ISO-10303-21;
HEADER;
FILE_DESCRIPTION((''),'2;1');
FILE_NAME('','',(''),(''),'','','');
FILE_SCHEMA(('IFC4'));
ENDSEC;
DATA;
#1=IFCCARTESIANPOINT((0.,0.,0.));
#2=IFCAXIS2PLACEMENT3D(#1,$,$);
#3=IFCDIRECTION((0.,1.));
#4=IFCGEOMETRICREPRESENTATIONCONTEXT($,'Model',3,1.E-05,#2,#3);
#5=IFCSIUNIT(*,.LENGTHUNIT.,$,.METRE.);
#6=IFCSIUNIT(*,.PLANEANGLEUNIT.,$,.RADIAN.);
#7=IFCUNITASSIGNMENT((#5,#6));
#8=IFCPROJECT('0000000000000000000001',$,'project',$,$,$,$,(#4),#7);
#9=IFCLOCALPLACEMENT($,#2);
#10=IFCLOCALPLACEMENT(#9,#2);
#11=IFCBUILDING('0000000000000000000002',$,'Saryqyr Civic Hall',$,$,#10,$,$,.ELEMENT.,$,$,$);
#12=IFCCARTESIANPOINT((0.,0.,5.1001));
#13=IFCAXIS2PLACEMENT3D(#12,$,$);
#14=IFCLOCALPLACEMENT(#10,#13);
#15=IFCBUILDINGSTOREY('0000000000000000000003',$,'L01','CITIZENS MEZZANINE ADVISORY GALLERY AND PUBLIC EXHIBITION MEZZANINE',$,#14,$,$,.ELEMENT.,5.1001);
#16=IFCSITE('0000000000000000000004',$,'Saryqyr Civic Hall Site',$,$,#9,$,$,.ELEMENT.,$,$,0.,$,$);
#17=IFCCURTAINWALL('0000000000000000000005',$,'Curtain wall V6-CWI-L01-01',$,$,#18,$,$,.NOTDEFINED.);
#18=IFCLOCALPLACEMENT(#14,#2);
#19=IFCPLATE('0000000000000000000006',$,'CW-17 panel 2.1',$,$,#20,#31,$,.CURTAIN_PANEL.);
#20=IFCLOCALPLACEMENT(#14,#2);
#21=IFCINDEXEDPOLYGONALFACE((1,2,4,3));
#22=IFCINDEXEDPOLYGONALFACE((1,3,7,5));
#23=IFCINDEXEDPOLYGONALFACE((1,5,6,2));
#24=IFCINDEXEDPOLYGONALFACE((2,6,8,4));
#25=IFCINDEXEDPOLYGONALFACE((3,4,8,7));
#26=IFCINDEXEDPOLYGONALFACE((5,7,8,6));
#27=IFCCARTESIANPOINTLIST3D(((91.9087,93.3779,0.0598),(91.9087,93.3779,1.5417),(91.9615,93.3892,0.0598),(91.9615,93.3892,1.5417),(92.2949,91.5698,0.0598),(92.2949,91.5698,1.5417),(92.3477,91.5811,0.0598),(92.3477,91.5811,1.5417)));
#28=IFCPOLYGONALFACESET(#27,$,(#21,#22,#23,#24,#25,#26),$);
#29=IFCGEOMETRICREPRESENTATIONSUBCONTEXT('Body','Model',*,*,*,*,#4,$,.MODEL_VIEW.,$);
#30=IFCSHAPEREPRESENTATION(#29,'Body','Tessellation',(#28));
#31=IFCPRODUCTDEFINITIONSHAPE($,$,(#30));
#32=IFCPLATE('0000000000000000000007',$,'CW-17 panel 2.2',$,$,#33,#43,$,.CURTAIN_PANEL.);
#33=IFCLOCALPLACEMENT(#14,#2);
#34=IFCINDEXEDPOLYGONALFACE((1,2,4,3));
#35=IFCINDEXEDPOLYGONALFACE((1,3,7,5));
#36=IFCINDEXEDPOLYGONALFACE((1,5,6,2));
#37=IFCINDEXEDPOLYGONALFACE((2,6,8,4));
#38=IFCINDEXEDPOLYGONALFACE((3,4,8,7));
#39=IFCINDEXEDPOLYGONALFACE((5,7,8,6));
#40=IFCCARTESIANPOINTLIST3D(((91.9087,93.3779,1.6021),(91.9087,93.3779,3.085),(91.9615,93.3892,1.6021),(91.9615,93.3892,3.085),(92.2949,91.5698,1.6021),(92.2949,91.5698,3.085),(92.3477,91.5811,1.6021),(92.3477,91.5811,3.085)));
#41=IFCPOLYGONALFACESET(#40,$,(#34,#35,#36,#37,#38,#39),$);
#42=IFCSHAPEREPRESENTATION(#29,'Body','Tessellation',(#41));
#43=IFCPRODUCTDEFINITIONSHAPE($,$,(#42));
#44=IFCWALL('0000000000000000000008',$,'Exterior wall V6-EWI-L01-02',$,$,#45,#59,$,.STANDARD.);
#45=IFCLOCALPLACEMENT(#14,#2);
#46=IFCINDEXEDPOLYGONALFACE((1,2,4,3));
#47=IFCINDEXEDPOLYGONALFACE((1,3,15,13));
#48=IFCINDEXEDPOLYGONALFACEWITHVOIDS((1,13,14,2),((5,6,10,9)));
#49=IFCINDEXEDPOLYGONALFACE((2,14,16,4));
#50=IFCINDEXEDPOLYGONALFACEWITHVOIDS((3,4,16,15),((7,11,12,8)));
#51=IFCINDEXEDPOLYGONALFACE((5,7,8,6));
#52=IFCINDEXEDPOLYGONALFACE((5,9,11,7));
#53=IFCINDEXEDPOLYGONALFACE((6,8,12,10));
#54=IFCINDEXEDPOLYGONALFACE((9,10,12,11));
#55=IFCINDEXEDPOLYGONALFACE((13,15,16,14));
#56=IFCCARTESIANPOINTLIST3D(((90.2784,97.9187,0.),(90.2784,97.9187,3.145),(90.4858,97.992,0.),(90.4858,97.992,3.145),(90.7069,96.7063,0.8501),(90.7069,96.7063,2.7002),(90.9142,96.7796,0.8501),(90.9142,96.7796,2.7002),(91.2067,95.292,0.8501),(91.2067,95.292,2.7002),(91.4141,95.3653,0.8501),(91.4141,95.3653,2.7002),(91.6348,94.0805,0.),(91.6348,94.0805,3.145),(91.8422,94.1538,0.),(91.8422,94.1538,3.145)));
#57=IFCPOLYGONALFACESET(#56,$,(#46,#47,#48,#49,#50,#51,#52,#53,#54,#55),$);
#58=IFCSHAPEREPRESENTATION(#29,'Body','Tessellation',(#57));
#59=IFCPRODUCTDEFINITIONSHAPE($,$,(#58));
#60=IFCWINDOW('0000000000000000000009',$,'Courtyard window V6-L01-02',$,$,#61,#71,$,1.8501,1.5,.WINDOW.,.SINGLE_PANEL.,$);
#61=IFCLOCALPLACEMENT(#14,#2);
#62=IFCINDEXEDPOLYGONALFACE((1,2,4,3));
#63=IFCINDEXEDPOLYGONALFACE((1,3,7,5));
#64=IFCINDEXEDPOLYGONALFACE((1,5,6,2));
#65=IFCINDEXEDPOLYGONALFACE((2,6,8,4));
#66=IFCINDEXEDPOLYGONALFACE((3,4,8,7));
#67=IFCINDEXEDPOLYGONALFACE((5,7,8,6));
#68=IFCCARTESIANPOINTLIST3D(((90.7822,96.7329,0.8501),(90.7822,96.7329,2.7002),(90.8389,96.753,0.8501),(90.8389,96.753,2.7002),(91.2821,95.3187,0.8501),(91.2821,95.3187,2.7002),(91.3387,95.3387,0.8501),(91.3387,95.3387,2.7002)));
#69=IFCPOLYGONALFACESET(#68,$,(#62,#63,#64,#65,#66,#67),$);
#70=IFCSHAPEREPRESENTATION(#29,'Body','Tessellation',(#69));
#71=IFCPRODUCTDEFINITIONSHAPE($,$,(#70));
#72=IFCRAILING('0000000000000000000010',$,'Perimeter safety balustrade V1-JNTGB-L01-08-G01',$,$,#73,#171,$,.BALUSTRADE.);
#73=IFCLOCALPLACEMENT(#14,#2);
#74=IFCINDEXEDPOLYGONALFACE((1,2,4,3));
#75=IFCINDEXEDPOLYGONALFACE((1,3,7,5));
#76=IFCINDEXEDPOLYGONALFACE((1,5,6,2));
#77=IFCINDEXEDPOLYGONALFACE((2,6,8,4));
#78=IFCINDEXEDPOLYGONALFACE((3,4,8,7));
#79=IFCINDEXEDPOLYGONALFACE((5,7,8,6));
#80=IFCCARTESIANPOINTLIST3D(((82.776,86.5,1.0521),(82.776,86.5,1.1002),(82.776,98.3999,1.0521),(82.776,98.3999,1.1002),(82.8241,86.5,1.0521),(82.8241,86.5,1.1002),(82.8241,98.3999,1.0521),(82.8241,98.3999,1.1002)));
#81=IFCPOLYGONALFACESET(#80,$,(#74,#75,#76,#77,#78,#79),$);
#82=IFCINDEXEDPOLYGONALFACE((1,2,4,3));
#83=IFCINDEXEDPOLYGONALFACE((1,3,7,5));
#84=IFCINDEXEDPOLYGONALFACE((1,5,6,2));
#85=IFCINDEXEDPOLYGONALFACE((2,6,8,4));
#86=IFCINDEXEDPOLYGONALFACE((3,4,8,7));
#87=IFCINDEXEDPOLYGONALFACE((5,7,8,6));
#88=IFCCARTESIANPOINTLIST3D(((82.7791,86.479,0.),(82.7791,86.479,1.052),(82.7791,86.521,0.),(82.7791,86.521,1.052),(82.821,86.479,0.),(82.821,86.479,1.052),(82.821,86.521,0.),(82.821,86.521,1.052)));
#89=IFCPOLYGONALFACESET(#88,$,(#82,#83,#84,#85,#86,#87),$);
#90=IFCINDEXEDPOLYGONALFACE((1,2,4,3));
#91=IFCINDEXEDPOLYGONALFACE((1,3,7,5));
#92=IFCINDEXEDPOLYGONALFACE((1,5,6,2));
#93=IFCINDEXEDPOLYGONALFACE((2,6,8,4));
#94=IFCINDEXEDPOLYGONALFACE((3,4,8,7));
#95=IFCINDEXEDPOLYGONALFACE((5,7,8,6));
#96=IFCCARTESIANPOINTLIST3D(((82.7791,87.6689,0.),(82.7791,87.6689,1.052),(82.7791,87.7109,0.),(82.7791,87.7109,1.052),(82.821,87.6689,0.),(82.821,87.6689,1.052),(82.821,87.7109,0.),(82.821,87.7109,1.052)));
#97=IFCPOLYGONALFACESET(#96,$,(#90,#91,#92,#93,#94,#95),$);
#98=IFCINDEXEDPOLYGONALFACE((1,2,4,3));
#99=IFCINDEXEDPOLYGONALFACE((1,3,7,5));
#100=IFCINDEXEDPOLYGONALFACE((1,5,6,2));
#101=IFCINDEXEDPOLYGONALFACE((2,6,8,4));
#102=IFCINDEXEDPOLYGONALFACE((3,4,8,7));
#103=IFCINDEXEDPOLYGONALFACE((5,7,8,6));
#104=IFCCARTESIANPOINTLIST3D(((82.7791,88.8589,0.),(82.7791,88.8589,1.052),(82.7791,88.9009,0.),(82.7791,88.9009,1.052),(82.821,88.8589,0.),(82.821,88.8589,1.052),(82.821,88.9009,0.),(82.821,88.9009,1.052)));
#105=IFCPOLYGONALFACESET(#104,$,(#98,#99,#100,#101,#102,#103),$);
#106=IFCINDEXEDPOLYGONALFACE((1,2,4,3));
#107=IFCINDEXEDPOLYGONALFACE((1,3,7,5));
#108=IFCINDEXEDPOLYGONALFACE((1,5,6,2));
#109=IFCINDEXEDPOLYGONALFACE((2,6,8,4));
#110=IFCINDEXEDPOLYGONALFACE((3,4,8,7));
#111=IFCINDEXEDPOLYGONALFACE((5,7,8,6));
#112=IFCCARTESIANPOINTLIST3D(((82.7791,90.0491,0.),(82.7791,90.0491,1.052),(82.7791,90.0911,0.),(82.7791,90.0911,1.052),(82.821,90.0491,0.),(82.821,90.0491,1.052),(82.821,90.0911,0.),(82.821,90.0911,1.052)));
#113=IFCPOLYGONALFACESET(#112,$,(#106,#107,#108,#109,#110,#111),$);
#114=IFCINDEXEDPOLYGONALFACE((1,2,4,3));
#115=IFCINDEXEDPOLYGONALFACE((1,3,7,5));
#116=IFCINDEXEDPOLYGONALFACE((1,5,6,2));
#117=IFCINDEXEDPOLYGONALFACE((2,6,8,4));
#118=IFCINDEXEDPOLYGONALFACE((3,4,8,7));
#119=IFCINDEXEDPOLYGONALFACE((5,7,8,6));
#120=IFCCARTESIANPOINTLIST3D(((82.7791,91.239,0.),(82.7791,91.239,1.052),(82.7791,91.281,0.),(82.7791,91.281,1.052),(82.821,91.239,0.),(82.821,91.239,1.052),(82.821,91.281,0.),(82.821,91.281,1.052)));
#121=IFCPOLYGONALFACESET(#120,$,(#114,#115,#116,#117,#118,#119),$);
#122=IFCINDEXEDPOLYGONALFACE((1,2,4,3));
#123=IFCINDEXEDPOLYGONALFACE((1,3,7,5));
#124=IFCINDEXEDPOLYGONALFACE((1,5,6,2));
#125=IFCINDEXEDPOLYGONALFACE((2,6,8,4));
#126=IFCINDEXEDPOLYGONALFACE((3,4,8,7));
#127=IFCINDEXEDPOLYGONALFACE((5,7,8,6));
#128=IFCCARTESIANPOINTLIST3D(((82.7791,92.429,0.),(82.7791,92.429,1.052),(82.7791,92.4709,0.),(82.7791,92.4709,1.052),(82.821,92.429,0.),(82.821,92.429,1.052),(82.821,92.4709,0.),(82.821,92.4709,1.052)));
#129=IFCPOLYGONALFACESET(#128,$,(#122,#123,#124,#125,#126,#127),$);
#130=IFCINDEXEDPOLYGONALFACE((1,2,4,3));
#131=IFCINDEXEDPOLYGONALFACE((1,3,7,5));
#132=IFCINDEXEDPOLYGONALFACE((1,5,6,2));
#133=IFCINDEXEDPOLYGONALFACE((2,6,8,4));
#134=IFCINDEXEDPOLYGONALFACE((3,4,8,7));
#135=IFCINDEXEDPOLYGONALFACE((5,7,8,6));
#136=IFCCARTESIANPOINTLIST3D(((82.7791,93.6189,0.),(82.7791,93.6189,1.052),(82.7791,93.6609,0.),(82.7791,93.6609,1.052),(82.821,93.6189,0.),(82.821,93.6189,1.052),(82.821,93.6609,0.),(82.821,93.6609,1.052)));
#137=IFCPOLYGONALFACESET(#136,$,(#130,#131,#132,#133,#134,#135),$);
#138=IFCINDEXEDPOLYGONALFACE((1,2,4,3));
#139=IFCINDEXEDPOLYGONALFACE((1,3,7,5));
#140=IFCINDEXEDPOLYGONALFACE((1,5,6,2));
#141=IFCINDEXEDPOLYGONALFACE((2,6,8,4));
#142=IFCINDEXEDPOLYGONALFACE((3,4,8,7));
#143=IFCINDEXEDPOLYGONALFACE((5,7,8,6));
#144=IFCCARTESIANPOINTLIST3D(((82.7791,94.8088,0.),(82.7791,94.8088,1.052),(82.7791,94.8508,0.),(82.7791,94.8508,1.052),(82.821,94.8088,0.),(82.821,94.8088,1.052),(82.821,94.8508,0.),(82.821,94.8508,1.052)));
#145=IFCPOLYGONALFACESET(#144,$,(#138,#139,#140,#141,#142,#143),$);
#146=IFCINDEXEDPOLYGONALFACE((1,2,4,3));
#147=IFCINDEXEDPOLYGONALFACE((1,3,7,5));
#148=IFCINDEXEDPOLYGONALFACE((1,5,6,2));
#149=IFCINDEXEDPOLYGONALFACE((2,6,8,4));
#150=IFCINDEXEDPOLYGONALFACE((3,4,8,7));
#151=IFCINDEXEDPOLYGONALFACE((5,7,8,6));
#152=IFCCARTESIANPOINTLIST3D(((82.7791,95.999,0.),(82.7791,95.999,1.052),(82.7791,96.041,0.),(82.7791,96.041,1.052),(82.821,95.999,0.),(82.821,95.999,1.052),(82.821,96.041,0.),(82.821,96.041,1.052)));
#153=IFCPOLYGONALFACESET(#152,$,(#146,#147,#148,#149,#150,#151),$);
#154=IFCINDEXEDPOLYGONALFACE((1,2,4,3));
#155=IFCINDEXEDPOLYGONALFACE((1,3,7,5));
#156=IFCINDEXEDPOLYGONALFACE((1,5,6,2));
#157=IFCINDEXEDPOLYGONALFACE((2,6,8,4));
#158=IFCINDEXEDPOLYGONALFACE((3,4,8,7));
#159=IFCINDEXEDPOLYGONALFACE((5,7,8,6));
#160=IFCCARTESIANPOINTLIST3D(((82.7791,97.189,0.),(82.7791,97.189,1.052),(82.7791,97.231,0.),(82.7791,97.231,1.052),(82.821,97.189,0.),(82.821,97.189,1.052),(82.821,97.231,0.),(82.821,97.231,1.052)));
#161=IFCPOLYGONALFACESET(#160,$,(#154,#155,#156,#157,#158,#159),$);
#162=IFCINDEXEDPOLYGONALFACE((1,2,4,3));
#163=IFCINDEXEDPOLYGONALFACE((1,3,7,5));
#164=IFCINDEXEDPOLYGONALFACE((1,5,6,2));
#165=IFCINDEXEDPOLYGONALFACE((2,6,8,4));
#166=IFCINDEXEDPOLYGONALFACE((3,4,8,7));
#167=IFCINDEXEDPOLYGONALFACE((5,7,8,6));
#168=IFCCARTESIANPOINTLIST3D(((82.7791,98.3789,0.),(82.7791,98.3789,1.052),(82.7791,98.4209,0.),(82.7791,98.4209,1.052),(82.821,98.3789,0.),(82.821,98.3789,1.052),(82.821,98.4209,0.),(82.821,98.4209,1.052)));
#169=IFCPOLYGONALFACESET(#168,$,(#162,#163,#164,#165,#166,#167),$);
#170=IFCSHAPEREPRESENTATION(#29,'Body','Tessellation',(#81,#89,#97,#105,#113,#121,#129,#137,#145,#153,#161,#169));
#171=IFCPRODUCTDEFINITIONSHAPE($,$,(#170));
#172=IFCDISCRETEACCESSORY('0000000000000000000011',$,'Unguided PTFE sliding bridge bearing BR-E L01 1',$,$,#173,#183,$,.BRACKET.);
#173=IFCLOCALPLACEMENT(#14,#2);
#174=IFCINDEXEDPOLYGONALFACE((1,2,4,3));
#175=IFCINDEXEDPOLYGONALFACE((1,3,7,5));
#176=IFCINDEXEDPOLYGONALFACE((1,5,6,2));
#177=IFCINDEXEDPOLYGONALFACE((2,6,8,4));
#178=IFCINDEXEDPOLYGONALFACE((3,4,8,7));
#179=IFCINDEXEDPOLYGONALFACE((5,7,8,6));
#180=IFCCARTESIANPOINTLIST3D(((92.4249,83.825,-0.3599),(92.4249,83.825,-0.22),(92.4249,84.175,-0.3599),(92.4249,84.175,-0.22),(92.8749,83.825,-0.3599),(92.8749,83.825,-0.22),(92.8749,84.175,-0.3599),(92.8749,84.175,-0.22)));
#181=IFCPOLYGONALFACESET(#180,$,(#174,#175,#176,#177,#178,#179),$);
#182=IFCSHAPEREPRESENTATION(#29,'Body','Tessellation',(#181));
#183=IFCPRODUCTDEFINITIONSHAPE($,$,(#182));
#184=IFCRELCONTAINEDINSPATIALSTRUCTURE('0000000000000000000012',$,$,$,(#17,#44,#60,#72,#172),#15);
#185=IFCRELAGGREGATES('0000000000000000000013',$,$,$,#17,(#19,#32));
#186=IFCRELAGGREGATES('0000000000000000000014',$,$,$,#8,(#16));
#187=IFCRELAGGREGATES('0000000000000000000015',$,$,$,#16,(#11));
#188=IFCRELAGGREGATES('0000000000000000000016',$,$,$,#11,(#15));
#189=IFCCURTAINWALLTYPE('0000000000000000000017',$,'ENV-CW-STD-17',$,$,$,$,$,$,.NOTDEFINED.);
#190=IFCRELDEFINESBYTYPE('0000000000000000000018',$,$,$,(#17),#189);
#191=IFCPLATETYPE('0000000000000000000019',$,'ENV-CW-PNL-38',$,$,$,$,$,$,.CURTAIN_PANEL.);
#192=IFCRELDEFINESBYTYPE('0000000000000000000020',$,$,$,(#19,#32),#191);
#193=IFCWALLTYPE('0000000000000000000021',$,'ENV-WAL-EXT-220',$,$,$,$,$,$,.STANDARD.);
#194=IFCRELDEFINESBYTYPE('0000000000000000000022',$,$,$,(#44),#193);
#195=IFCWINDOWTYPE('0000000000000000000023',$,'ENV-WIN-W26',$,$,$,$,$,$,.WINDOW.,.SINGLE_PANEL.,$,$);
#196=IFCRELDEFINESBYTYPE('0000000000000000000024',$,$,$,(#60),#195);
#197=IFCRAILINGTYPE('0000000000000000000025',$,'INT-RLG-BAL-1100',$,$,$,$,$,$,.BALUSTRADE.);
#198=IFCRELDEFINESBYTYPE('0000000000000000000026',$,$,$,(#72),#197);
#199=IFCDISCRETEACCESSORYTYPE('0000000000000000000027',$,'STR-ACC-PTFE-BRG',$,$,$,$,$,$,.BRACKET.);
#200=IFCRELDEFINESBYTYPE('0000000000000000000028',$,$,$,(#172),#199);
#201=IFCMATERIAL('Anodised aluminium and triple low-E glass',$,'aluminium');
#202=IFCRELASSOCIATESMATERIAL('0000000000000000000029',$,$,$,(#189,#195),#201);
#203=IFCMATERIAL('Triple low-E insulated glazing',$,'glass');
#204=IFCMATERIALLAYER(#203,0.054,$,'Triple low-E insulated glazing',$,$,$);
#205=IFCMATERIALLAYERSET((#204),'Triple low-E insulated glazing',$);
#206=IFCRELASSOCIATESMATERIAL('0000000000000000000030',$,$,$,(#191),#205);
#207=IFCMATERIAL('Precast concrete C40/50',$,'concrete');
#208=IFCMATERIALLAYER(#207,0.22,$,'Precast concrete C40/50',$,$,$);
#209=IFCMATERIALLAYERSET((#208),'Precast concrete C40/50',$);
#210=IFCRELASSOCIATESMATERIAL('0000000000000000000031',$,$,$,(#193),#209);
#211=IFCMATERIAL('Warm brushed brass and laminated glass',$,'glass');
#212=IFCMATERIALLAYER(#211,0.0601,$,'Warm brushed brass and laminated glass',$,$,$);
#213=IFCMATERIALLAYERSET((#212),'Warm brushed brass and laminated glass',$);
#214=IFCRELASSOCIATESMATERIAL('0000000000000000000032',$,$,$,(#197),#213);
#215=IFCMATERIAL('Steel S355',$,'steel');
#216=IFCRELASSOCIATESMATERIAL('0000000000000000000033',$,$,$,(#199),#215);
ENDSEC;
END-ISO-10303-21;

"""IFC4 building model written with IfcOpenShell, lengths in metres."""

from ifc_helpers import new_model, si_unit, direction, frame, frame_2d, origin, origin_2d, place, context, subcontext, project, spatial, rectangle, extrude, material, layer, layer_set, type_object, element, fill, aggregate, save


model = new_model("IFC4")

# Units and contexts
model_context = context("Model", 3, precision=1e-05, world=origin(), true_north=direction((0.0, 1.0)))
body_context = subcontext(model_context, "Body", "Model", "MODEL_VIEW")
ifc_project = project(units=[si_unit("LENGTHUNIT", "METRE"), si_unit("PLANEANGLEUNIT", "RADIAN")], contexts=[model_context])

# Site, building, storey
site_placement = place(None, origin())
site = spatial("IfcSite", under=ifc_project, at=site_placement, Name="Saryqyr Civic Hall Site", CompositionType="ELEMENT", RefElevation=0.0)
building_placement = place(site_placement, origin())
building = spatial("IfcBuilding", under=site, at=building_placement, Name="Saryqyr Civic Hall", CompositionType="ELEMENT")
storey_placement = place(building_placement, frame((0.0, 0.0, 5.1001)))
storey = spatial("IfcBuildingStorey", under=building, at=storey_placement, Name="L01", Description="CITIZENS MEZZANINE ADVISORY GALLERY AND PUBLIC EXHIBITION MEZZANINE", CompositionType="ELEMENT", Elevation=5.1001)

# Shared definitions
ifc_material_1 = material(Name="Steel S355", Category="steel")

# Curtain wall
ifc_material_2 = material(Name="Anodised aluminium and triple low-E glass", Category="aluminium")
curtain_wall_type = type_object("IfcCurtainWallType", Name="ENV-CW-STD-17", PredefinedType="NOTDEFINED", material=ifc_material_2)
curtain_wall_placement = place(storey_placement, origin())
curtain_wall = element("IfcCurtainWall", 1, at=curtain_wall_placement, inside=storey, type_object=curtain_wall_type, Name="Curtain wall V6-CWI-L01-01", PredefinedType="NOTDEFINED")

# Plates
ifc_material_3 = material(Name="Triple low-E insulated glazing", Category="glass")
ifc_layer_1 = layer(ifc_material_3, 0.054, Name="Triple low-E insulated glazing")
ifc_layer_set_1 = layer_set([ifc_layer_1], Name="Triple low-E insulated glazing")
plate_type = type_object("IfcPlateType", Name="ENV-CW-PNL-38", PredefinedType="CURTAIN_PANEL", material=ifc_layer_set_1)
plate_1_placement = place(storey_placement, frame((92.1282, 92.4795, 0.0598), z_axis=(0.0, 0.0, 1.0), x_axis=(-0.20889, 0.977939, 0.0)))
plate_1 = element("IfcPlate", 2, at=plate_1_placement, type_object=plate_type, Name="CW-17 panel 2.1", PredefinedType="CURTAIN_PANEL", context=body_context, shape_type="SweptSolid", body=[
    extrude(rectangle(XDim=1.8489, YDim=0.054, at=origin_2d()), origin(), (0.0, 0.0, 1.0), 1.4819),
])
plate_2_placement = place(storey_placement, frame((92.1282, 92.4795, 1.6021), z_axis=(0.0, 0.0, 1.0), x_axis=(-0.20889, 0.977939, 0.0)))
plate_2 = element("IfcPlate", 3, at=plate_2_placement, type_object=plate_type, Name="CW-17 panel 2.2", PredefinedType="CURTAIN_PANEL", context=body_context, shape_type="SweptSolid", body=[
    extrude(rectangle(XDim=1.8489, YDim=0.054, at=origin_2d()), origin(), (0.0, 0.0, 1.0), 1.4829),
])
aggregate(curtain_wall, [plate_1, plate_2])

# Wall, opening, window
ifc_material_4 = material(Name="Precast concrete C40/50", Category="concrete")
ifc_layer_2 = layer(ifc_material_4, 0.22, Name="Precast concrete C40/50")
ifc_layer_set_2 = layer_set([ifc_layer_2], Name="Precast concrete C40/50")
wall_type = type_object("IfcWallType", Name="ENV-WAL-EXT-220", PredefinedType="STANDARD", material=ifc_layer_set_2)
wall_placement = place(storey_placement, frame((91.7385, 94.1172, 0.0), z_axis=(0.0, 0.0, 1.0), x_axis=(-0.333215, 0.942851, 0.0)))
wall = element("IfcWall", 4, at=wall_placement, inside=storey, type_object=wall_type, Name="Exterior wall V6-EWI-L01-02", PredefinedType="STANDARD", context=body_context, shape_type="SweptSolid", body=[
    extrude(rectangle(XDim=4.0708, YDim=0.22, at=frame_2d((2.0354, 0.0))), origin(), (0.0, 0.0, 1.0), 3.145),
])
opening_placement = place(wall_placement, frame((1.2849, 0.0, 0.8501)))
opening = element("IfcOpeningElement", 5, at=opening_placement, cuts=wall, PredefinedType="OPENING", context=body_context, shape_type="SweptSolid", body=[
    extrude(rectangle(XDim=1.5, YDim=1.8501, at=frame_2d((0.75, 0.925))), frame((0.0, 0.1199, 0.0), z_axis=(0.0, -1.0, 0.0), x_axis=(1.0, 0.0, 0.0)), (0.0, 0.0, 1.0), 0.24),
])
window_type = type_object("IfcWindowType", Name="ENV-WIN-W26", PartitioningType="SINGLE_PANEL", PredefinedType="WINDOW", material=ifc_material_2)
window_placement = place(opening_placement, origin())
window = element("IfcWindow", 6, at=window_placement, inside=storey, type_object=window_type, Name="Courtyard window V6-L01-02", OverallHeight=1.8501, OverallWidth=1.5, PartitioningType="SINGLE_PANEL", PredefinedType="WINDOW", context=body_context, shape_type="SweptSolid", body=[
    extrude(rectangle(XDim=1.5, YDim=1.8501, at=frame_2d((0.75, 0.925))), frame((0.0, 0.03, 0.0), z_axis=(0.0, -1.0, 0.0), x_axis=(1.0, 0.0, 0.0)), (0.0, 0.0, 1.0), 0.0601),
])
fill(opening, window)

# Railing
ifc_material_5 = material(Name="Warm brushed brass and laminated glass", Category="glass")
ifc_layer_3 = layer(ifc_material_5, 0.0601, Name="Warm brushed brass and laminated glass")
ifc_layer_set_3 = layer_set([ifc_layer_3], Name="Warm brushed brass and laminated glass")
railing_type = type_object("IfcRailingType", Name="INT-RLG-BAL-1100", PredefinedType="BALUSTRADE", material=ifc_layer_set_3)
railing_placement = place(storey_placement, frame((82.8, 86.5, 0.0)))
element("IfcRailing", 7, at=railing_placement, inside=storey, type_object=railing_type, Name="Perimeter safety balustrade V1-JNTGB-L01-08-G01", PredefinedType="BALUSTRADE", context=body_context, shape_type="SweptSolid", body=[
    extrude(rectangle(XDim=0.0481, YDim=0.0481, at=origin_2d()), frame((0.0, 0.0, 1.0762), z_axis=(0.0, 1.0, 0.0), x_axis=(-1.0, 0.0, 0.0)), (0.0, 0.0, 1.0), 11.8999),
    extrude(rectangle(XDim=0.042, YDim=0.042, at=origin_2d()), origin(), (0.0, 0.0, 1.0), 1.052),
    extrude(rectangle(XDim=0.042, YDim=0.042, at=origin_2d()), frame((0.0, 1.1899, 0.0)), (0.0, 0.0, 1.0), 1.052),
    extrude(rectangle(XDim=0.042, YDim=0.042, at=origin_2d()), frame((0.0, 2.3799, 0.0)), (0.0, 0.0, 1.0), 1.052),
    extrude(rectangle(XDim=0.042, YDim=0.042, at=origin_2d()), frame((0.0, 3.5701, 0.0)), (0.0, 0.0, 1.0), 1.052),
    extrude(rectangle(XDim=0.042, YDim=0.042, at=origin_2d()), frame((0.0, 4.76, 0.0)), (0.0, 0.0, 1.0), 1.052),
    extrude(rectangle(XDim=0.042, YDim=0.042, at=origin_2d()), frame((0.0, 5.95, 0.0)), (0.0, 0.0, 1.0), 1.052),
    extrude(rectangle(XDim=0.042, YDim=0.042, at=origin_2d()), frame((0.0, 7.1399, 0.0)), (0.0, 0.0, 1.0), 1.052),
    extrude(rectangle(XDim=0.042, YDim=0.042, at=origin_2d()), frame((0.0, 8.3298, 0.0)), (0.0, 0.0, 1.0), 1.052),
    extrude(rectangle(XDim=0.042, YDim=0.042, at=origin_2d()), frame((0.0, 9.52, 0.0)), (0.0, 0.0, 1.0), 1.052),
    extrude(rectangle(XDim=0.042, YDim=0.042, at=origin_2d()), frame((0.0, 10.71, 0.0)), (0.0, 0.0, 1.0), 1.052),
    extrude(rectangle(XDim=0.042, YDim=0.042, at=origin_2d()), frame((0.0, 11.8999, 0.0)), (0.0, 0.0, 1.0), 1.052),
])

# Discrete accessory
discrete_accessory_type = type_object("IfcDiscreteAccessoryType", Name="STR-ACC-PTFE-BRG", PredefinedType="BRACKET", material=ifc_material_1)
discrete_accessory_placement = place(storey_placement, frame((92.6499, 84.0, -0.3599), z_axis=(0.0, 0.0, 1.0), x_axis=(1.0, 0.0, 0.0)))
element("IfcDiscreteAccessory", 8, at=discrete_accessory_placement, inside=storey, type_object=discrete_accessory_type, Name="Unguided PTFE sliding bridge bearing BR-E L01 1", PredefinedType="BRACKET", context=body_context, shape_type="SweptSolid", body=[
    extrude(rectangle(XDim=0.45, YDim=0.3501, at=origin_2d()), origin(), (0.0, 0.0, 1.0), 0.1399),
])

save(model, "model.ifc")
